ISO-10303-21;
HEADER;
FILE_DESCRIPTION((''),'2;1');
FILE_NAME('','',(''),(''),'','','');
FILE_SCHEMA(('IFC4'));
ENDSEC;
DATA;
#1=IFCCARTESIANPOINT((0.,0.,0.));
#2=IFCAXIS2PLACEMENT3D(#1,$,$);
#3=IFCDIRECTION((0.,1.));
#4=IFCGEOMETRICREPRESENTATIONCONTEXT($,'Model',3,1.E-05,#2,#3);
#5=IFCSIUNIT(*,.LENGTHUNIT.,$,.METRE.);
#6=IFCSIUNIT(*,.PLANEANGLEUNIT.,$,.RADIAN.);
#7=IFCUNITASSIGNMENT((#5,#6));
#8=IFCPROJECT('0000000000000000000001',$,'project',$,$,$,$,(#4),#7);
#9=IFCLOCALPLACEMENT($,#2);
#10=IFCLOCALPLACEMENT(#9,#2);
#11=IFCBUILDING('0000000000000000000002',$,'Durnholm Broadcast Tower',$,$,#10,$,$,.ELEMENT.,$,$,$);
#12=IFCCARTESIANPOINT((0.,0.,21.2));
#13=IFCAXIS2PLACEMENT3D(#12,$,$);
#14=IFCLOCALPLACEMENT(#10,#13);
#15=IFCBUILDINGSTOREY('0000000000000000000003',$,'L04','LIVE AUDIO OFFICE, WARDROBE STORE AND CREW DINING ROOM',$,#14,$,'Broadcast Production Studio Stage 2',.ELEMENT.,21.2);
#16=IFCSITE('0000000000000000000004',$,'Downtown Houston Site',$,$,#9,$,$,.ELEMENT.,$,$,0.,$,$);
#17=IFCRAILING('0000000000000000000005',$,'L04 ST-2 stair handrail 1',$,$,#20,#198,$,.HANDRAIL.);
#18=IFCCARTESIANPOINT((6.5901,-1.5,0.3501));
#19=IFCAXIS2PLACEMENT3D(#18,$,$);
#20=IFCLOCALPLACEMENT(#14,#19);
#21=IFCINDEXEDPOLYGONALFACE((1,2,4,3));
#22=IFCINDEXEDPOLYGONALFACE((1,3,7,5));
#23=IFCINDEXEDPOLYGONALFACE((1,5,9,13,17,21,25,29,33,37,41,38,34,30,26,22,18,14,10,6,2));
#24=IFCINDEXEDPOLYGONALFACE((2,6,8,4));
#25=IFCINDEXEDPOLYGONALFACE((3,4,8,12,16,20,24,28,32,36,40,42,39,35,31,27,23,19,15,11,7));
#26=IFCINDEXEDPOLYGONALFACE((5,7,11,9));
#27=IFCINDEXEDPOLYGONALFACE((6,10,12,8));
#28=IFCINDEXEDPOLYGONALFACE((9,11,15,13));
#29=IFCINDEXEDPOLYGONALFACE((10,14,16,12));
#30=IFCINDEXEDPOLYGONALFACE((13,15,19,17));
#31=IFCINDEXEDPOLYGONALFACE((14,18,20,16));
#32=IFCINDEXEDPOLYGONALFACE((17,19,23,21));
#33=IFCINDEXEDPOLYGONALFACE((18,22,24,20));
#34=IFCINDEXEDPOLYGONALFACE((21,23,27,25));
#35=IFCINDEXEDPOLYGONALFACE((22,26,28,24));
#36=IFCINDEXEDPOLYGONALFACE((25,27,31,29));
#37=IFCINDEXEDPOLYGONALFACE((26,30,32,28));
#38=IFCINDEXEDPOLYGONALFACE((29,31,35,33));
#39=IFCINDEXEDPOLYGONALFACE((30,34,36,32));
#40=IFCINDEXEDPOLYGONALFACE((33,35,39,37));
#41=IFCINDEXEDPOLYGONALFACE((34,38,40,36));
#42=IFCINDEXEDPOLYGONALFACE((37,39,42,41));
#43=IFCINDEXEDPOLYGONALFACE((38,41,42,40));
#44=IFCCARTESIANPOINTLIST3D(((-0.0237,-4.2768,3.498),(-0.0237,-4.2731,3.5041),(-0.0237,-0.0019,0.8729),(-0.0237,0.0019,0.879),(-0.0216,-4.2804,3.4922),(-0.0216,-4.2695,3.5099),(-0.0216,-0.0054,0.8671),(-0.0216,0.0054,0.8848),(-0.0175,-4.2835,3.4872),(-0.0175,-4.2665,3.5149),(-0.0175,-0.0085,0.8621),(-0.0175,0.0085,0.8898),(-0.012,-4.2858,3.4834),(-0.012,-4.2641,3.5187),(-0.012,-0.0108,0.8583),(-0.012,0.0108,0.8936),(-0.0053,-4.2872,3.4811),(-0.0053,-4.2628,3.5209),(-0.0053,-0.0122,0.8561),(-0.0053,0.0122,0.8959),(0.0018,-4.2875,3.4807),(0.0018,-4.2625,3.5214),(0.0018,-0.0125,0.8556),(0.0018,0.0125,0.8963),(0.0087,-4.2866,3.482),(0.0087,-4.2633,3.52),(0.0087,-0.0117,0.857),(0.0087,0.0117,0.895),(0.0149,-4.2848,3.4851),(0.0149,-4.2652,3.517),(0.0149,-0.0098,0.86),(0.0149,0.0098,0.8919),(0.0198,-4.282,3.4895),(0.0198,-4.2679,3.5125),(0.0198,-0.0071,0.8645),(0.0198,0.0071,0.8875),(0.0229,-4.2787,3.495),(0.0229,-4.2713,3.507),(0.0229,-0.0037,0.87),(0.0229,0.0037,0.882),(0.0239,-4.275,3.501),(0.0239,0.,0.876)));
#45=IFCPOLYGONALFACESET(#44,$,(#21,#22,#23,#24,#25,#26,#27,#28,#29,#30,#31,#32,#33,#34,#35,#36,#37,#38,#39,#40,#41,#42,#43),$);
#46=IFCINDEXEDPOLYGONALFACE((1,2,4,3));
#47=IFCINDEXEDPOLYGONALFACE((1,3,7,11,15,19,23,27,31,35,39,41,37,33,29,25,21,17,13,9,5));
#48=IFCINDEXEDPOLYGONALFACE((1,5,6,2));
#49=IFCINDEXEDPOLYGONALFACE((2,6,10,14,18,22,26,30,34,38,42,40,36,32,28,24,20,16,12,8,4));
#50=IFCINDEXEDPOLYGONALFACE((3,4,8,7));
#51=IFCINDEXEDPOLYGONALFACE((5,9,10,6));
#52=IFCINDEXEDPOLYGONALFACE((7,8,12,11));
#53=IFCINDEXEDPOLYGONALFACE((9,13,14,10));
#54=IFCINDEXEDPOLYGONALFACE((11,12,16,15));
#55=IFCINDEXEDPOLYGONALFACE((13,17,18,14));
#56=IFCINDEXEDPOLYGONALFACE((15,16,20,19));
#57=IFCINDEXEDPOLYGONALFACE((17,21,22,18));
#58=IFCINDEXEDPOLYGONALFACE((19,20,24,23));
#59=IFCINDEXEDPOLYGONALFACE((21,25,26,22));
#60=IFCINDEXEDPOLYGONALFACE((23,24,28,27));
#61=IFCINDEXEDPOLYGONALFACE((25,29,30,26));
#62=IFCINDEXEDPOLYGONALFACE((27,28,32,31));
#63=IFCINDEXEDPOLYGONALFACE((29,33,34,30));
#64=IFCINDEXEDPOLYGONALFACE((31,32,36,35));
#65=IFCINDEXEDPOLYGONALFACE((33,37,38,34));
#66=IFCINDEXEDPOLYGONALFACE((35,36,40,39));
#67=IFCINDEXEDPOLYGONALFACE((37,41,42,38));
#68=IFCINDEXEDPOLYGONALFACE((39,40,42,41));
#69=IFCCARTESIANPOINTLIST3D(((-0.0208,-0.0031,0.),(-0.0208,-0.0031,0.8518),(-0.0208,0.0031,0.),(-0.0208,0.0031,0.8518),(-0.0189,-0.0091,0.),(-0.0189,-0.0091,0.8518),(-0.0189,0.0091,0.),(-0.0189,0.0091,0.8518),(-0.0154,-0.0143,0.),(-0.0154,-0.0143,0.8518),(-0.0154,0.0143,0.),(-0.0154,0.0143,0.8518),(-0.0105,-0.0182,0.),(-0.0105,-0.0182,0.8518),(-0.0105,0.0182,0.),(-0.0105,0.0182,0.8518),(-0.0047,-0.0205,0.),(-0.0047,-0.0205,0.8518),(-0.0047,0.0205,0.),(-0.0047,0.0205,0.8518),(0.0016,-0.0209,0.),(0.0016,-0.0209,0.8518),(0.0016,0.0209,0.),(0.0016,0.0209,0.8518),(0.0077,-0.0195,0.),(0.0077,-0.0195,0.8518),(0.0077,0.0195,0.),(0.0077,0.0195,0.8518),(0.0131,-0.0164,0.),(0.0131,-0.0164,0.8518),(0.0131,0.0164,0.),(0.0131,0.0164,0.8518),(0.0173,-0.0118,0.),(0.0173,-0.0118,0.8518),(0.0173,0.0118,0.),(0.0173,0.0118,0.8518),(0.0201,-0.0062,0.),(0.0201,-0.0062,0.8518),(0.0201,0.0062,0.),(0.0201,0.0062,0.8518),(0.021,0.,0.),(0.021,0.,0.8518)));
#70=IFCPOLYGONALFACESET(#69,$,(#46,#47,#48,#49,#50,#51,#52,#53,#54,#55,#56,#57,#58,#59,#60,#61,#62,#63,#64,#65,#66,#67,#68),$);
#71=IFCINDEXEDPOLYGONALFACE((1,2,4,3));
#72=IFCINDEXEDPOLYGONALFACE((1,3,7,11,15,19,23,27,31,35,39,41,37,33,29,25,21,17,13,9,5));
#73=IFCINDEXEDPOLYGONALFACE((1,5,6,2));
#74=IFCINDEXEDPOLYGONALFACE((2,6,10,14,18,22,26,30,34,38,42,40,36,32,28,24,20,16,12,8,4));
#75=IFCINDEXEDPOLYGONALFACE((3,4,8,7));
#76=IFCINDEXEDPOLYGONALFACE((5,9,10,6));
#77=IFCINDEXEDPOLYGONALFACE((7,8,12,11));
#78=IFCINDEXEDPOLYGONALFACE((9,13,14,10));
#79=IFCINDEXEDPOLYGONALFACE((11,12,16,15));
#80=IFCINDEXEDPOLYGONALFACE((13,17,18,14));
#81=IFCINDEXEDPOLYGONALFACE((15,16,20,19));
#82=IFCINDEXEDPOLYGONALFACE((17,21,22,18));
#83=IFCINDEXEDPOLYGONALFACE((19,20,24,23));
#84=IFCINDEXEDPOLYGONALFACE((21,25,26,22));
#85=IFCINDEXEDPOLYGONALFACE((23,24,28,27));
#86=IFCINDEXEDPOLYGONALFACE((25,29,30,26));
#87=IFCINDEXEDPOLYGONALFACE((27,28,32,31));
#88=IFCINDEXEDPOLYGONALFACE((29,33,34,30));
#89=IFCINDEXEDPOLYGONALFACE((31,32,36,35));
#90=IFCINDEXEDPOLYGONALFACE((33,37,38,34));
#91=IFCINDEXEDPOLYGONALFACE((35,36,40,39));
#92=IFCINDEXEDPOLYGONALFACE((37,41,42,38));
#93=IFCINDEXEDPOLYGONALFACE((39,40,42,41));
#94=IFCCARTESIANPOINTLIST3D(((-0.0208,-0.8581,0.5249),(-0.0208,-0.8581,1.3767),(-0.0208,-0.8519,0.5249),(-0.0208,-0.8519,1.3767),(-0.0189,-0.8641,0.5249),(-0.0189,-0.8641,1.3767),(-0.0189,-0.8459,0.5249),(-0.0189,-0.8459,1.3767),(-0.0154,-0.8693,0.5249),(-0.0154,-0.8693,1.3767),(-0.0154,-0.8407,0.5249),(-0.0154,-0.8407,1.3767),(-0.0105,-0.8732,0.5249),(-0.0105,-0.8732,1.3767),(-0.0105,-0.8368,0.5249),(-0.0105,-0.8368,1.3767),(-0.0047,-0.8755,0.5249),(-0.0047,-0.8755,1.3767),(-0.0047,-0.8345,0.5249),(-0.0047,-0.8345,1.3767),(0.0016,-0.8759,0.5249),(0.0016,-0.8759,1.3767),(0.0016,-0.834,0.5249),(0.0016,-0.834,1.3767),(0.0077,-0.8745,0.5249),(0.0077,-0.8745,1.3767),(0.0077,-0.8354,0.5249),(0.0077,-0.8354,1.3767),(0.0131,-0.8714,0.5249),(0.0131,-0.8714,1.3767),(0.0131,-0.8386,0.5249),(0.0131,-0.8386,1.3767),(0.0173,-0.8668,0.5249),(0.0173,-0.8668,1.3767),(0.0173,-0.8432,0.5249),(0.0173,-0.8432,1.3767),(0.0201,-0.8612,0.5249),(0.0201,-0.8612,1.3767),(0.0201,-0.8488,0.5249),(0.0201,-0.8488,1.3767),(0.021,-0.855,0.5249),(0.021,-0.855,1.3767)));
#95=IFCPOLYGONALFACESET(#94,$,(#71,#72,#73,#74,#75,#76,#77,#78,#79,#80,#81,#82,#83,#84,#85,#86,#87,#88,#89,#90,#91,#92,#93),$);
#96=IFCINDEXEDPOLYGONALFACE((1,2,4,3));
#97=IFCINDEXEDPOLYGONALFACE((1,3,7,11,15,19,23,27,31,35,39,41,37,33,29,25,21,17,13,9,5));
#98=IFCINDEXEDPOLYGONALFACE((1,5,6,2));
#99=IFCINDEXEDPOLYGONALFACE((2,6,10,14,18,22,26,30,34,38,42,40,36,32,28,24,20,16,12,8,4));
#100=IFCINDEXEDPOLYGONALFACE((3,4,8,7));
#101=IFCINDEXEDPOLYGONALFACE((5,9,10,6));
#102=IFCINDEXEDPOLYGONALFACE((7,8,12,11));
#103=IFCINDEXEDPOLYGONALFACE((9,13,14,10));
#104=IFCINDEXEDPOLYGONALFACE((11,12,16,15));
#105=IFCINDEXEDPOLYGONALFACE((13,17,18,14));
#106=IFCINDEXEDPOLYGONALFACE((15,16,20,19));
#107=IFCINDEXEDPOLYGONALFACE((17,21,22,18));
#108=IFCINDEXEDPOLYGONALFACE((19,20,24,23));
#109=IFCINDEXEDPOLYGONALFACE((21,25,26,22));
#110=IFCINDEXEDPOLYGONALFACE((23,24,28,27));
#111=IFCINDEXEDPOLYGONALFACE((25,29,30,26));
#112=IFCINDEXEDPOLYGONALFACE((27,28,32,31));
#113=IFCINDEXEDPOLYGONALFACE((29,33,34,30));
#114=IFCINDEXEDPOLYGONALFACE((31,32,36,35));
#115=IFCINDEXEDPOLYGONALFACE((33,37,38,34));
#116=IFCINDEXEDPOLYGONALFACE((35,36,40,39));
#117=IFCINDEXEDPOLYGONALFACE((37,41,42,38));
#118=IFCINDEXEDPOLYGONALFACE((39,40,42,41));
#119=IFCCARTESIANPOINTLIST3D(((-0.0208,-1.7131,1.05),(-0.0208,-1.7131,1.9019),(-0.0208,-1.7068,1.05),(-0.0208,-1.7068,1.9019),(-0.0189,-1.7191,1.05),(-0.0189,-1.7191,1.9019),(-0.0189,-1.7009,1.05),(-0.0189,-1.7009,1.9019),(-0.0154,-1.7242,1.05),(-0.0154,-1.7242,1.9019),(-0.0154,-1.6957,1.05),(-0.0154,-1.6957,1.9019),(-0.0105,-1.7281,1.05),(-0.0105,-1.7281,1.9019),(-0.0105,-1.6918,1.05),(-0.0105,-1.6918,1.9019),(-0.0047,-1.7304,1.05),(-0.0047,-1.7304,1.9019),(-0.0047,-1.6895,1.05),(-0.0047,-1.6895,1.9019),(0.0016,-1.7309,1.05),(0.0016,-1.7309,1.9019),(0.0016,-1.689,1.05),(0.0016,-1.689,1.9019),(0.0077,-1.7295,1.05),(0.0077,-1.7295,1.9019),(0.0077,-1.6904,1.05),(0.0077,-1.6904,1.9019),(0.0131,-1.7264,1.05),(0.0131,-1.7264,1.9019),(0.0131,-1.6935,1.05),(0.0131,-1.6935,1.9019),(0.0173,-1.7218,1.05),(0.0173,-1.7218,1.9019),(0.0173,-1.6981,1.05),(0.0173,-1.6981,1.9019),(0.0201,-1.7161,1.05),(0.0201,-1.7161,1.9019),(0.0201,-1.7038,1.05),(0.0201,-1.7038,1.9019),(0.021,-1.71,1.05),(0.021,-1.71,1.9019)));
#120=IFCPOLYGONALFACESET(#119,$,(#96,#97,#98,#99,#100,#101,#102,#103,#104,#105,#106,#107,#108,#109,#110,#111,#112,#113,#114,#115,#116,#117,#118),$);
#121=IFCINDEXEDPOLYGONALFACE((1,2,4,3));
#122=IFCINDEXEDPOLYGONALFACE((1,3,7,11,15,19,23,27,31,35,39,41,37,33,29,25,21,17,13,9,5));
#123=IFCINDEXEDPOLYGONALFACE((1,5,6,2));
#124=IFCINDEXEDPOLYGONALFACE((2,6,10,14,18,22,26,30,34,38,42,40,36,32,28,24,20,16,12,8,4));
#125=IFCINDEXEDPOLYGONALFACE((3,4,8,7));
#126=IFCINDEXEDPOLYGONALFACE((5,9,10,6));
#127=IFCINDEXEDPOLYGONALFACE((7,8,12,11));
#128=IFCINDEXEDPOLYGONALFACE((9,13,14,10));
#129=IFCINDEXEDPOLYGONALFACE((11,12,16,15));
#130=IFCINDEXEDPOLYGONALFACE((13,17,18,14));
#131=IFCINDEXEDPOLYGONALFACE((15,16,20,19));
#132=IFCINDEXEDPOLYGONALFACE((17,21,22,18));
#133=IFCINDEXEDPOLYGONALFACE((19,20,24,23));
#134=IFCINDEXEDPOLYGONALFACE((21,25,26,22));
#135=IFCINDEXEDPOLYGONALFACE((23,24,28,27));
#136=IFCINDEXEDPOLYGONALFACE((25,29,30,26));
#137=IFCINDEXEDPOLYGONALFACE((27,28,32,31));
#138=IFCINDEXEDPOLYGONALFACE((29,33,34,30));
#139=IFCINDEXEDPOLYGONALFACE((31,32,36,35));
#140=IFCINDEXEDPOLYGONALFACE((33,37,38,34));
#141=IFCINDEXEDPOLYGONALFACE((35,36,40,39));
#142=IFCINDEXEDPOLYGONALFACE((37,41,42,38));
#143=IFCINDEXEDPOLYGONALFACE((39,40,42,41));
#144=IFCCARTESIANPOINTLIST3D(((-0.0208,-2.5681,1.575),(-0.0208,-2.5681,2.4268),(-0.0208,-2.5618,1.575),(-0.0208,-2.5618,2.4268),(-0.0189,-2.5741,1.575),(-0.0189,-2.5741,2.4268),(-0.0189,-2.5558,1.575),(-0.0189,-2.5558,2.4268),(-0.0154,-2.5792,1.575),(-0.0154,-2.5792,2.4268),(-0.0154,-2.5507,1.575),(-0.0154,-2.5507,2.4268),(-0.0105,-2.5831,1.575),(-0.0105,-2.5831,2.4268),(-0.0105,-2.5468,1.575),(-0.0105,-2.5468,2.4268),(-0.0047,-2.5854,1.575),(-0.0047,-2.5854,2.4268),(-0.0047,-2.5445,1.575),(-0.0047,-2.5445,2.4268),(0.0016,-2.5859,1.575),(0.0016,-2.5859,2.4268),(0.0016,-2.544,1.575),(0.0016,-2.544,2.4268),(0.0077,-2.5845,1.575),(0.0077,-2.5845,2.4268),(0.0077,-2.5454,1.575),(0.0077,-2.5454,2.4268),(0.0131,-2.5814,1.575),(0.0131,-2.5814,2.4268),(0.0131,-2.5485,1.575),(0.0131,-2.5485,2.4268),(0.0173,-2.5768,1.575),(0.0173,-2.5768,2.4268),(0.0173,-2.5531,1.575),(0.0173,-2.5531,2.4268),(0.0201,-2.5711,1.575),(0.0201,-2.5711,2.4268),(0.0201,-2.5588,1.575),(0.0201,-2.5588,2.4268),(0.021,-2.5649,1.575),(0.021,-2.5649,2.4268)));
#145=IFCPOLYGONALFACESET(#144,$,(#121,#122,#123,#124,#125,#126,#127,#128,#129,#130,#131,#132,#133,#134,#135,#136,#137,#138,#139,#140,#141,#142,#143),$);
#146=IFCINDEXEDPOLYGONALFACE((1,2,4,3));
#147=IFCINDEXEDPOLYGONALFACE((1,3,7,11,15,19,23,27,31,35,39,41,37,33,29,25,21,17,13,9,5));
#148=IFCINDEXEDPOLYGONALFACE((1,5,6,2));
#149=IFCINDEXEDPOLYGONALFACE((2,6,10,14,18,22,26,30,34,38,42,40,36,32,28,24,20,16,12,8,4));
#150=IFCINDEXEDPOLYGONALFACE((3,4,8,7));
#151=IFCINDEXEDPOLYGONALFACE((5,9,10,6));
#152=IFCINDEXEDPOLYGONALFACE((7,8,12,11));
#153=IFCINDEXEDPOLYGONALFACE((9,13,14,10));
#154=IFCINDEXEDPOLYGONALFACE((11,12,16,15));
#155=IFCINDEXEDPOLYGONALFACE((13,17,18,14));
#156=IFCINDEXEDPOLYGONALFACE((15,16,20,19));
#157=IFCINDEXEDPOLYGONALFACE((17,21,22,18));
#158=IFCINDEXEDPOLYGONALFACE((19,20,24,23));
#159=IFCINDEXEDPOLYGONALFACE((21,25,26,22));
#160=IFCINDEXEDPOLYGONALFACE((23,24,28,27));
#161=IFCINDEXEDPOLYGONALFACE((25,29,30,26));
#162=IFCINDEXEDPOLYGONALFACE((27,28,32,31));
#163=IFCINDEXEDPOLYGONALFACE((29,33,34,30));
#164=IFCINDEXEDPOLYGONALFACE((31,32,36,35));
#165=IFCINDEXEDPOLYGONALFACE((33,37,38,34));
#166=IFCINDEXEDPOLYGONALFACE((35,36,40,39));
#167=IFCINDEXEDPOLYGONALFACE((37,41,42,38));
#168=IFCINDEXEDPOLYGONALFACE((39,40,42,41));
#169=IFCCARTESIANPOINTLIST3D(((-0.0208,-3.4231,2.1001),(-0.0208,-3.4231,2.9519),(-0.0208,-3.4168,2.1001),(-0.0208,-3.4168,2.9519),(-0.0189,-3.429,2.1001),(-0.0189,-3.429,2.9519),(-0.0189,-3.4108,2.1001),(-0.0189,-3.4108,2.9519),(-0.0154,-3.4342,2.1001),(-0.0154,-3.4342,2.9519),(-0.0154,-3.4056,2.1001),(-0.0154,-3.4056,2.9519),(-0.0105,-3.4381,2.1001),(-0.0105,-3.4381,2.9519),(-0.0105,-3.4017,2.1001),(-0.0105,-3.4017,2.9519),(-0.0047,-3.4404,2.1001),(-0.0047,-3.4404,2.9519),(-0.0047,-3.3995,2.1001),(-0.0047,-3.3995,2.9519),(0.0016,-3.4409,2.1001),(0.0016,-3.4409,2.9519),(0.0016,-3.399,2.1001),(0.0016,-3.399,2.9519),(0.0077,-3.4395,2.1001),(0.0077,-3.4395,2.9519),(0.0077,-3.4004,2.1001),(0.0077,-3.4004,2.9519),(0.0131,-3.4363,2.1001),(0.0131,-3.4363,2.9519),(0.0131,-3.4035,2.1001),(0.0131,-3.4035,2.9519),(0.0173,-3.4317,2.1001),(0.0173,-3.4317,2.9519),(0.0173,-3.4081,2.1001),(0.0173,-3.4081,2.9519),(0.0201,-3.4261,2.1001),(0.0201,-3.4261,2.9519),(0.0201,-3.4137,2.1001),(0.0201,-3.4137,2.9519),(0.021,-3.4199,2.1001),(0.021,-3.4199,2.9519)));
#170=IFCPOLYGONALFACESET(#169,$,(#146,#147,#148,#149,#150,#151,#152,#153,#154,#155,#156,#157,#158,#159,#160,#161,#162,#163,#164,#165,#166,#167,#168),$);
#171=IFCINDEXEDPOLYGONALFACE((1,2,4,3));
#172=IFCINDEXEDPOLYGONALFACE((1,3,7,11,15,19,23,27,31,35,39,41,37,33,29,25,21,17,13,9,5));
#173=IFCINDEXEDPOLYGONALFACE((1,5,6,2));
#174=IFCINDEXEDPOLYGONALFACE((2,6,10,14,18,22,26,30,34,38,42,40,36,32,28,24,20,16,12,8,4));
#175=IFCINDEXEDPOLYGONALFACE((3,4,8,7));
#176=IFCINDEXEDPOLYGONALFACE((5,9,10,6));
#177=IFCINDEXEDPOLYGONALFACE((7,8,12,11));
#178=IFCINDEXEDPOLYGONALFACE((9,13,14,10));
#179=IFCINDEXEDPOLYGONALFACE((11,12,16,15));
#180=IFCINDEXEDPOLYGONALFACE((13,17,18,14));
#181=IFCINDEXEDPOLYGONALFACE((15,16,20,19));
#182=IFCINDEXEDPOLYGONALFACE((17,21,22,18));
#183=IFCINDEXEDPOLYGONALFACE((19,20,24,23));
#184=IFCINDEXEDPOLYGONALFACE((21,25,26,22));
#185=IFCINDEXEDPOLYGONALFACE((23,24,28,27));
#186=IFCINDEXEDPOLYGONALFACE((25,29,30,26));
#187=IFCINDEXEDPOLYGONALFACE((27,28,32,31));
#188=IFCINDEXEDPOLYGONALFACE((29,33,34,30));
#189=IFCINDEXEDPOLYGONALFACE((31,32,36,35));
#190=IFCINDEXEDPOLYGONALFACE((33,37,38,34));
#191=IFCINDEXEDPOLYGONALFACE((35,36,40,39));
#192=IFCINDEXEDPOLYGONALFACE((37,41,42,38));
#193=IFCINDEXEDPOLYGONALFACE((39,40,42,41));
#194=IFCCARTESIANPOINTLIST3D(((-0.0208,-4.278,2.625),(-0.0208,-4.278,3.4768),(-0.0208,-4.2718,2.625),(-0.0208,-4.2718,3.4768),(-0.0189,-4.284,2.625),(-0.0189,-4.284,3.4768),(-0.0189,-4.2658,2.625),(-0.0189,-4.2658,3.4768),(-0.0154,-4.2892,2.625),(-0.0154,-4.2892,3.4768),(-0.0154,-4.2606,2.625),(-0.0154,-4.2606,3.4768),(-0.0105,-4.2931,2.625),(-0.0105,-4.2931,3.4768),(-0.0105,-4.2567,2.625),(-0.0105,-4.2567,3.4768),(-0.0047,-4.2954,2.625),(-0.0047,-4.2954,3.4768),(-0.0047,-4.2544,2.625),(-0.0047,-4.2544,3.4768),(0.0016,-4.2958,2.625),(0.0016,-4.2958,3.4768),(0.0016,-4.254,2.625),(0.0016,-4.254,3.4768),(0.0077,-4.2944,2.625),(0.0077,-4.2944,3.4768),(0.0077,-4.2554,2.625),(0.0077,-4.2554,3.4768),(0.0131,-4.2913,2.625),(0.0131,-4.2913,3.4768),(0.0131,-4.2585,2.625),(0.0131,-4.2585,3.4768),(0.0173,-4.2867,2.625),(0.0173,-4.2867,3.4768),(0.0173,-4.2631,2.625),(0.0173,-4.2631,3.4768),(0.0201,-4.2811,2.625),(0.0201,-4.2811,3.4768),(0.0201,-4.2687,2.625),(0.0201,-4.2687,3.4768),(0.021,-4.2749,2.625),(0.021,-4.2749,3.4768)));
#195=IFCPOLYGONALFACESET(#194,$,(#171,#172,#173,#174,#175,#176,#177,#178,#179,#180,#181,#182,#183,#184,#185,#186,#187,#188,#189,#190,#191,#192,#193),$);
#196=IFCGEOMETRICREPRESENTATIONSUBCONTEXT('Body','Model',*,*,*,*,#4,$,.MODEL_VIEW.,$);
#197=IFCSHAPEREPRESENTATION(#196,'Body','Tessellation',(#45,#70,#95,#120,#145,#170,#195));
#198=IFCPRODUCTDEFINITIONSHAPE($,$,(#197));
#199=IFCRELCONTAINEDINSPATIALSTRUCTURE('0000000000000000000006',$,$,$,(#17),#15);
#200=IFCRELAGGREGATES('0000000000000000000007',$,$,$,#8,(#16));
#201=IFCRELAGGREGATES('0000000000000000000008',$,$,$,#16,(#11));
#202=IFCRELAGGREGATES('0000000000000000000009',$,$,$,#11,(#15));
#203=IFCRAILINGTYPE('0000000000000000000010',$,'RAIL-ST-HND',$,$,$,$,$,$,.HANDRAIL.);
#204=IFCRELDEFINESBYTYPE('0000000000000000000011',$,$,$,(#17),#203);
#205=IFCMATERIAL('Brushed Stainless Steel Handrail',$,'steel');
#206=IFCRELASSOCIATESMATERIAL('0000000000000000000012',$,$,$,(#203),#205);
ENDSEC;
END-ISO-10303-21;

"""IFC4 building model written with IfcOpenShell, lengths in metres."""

from ifc_helpers import new_model, si_unit, direction, frame, origin, origin_2d, place, context, subcontext, project, spatial, circle, extrude, material, type_object, element, save


model = new_model("IFC4")

# Units and contexts
model_context = context("Model", 3, precision=1e-05, world=origin(), true_north=direction((0.0, 1.0)))
body_context = subcontext(model_context, "Body", "Model", "MODEL_VIEW")
ifc_project = project(units=[si_unit("LENGTHUNIT", "METRE"), si_unit("PLANEANGLEUNIT", "RADIAN")], contexts=[model_context])

# Site, building, storey
site_placement = place(None, origin())
site = spatial("IfcSite", under=ifc_project, at=site_placement, Name="Downtown Houston Site", CompositionType="ELEMENT", RefElevation=0.0)
building_placement = place(site_placement, origin())
building = spatial("IfcBuilding", under=site, at=building_placement, Name="Durnholm Broadcast Tower", CompositionType="ELEMENT")
storey_placement = place(building_placement, frame((0.0, 0.0, 21.2)))
storey = spatial("IfcBuildingStorey", under=building, at=storey_placement, Name="L04", Description="LIVE AUDIO OFFICE, WARDROBE STORE AND CREW DINING ROOM", LongName="Broadcast Production Studio Stage 2", CompositionType="ELEMENT", Elevation=21.2)

# Railing
ifc_material_1 = material(Name="Brushed Stainless Steel Handrail", Category="steel")
railing_type_1 = type_object("IfcRailingType", Name="RAIL-ST-HND", PredefinedType="HANDRAIL", material=ifc_material_1)
railing_1_placement = place(storey_placement, frame((6.5901, -1.5, 0.3501)))
element("IfcRailing", 1, at=railing_1_placement, inside=storey, type_object=railing_type_1, Name="L04 ST-2 stair handrail 1", PredefinedType="HANDRAIL", context=body_context, shape_type="SweptSolid", body=[
    extrude(circle(Radius=0.0239, at=origin_2d()), frame((0.0, 0.0, 0.876), z_axis=(0.0, -0.852166, 0.523272), x_axis=(1.0, 0.0, 0.0)), (0.0, 0.0, 1.0), 5.0166),
    extrude(circle(Radius=0.021, at=origin_2d()), origin(), (0.0, 0.0, 1.0), 0.8518),
    extrude(circle(Radius=0.021, at=origin_2d()), frame((0.0, -0.855, 0.5249)), (0.0, 0.0, 1.0), 0.8518),
    extrude(circle(Radius=0.021, at=origin_2d()), frame((0.0, -1.71, 1.05)), (0.0, 0.0, 1.0), 0.8518),
    extrude(circle(Radius=0.021, at=origin_2d()), frame((0.0, -2.5649, 1.575)), (0.0, 0.0, 1.0), 0.8518),
    extrude(circle(Radius=0.021, at=origin_2d()), frame((0.0, -3.4199, 2.1001)), (0.0, 0.0, 1.0), 0.8518),
    extrude(circle(Radius=0.021, at=origin_2d()), frame((0.0, -4.2749, 2.625)), (0.0, 0.0, 1.0), 0.8518),
])

save(model, "model.ifc")
